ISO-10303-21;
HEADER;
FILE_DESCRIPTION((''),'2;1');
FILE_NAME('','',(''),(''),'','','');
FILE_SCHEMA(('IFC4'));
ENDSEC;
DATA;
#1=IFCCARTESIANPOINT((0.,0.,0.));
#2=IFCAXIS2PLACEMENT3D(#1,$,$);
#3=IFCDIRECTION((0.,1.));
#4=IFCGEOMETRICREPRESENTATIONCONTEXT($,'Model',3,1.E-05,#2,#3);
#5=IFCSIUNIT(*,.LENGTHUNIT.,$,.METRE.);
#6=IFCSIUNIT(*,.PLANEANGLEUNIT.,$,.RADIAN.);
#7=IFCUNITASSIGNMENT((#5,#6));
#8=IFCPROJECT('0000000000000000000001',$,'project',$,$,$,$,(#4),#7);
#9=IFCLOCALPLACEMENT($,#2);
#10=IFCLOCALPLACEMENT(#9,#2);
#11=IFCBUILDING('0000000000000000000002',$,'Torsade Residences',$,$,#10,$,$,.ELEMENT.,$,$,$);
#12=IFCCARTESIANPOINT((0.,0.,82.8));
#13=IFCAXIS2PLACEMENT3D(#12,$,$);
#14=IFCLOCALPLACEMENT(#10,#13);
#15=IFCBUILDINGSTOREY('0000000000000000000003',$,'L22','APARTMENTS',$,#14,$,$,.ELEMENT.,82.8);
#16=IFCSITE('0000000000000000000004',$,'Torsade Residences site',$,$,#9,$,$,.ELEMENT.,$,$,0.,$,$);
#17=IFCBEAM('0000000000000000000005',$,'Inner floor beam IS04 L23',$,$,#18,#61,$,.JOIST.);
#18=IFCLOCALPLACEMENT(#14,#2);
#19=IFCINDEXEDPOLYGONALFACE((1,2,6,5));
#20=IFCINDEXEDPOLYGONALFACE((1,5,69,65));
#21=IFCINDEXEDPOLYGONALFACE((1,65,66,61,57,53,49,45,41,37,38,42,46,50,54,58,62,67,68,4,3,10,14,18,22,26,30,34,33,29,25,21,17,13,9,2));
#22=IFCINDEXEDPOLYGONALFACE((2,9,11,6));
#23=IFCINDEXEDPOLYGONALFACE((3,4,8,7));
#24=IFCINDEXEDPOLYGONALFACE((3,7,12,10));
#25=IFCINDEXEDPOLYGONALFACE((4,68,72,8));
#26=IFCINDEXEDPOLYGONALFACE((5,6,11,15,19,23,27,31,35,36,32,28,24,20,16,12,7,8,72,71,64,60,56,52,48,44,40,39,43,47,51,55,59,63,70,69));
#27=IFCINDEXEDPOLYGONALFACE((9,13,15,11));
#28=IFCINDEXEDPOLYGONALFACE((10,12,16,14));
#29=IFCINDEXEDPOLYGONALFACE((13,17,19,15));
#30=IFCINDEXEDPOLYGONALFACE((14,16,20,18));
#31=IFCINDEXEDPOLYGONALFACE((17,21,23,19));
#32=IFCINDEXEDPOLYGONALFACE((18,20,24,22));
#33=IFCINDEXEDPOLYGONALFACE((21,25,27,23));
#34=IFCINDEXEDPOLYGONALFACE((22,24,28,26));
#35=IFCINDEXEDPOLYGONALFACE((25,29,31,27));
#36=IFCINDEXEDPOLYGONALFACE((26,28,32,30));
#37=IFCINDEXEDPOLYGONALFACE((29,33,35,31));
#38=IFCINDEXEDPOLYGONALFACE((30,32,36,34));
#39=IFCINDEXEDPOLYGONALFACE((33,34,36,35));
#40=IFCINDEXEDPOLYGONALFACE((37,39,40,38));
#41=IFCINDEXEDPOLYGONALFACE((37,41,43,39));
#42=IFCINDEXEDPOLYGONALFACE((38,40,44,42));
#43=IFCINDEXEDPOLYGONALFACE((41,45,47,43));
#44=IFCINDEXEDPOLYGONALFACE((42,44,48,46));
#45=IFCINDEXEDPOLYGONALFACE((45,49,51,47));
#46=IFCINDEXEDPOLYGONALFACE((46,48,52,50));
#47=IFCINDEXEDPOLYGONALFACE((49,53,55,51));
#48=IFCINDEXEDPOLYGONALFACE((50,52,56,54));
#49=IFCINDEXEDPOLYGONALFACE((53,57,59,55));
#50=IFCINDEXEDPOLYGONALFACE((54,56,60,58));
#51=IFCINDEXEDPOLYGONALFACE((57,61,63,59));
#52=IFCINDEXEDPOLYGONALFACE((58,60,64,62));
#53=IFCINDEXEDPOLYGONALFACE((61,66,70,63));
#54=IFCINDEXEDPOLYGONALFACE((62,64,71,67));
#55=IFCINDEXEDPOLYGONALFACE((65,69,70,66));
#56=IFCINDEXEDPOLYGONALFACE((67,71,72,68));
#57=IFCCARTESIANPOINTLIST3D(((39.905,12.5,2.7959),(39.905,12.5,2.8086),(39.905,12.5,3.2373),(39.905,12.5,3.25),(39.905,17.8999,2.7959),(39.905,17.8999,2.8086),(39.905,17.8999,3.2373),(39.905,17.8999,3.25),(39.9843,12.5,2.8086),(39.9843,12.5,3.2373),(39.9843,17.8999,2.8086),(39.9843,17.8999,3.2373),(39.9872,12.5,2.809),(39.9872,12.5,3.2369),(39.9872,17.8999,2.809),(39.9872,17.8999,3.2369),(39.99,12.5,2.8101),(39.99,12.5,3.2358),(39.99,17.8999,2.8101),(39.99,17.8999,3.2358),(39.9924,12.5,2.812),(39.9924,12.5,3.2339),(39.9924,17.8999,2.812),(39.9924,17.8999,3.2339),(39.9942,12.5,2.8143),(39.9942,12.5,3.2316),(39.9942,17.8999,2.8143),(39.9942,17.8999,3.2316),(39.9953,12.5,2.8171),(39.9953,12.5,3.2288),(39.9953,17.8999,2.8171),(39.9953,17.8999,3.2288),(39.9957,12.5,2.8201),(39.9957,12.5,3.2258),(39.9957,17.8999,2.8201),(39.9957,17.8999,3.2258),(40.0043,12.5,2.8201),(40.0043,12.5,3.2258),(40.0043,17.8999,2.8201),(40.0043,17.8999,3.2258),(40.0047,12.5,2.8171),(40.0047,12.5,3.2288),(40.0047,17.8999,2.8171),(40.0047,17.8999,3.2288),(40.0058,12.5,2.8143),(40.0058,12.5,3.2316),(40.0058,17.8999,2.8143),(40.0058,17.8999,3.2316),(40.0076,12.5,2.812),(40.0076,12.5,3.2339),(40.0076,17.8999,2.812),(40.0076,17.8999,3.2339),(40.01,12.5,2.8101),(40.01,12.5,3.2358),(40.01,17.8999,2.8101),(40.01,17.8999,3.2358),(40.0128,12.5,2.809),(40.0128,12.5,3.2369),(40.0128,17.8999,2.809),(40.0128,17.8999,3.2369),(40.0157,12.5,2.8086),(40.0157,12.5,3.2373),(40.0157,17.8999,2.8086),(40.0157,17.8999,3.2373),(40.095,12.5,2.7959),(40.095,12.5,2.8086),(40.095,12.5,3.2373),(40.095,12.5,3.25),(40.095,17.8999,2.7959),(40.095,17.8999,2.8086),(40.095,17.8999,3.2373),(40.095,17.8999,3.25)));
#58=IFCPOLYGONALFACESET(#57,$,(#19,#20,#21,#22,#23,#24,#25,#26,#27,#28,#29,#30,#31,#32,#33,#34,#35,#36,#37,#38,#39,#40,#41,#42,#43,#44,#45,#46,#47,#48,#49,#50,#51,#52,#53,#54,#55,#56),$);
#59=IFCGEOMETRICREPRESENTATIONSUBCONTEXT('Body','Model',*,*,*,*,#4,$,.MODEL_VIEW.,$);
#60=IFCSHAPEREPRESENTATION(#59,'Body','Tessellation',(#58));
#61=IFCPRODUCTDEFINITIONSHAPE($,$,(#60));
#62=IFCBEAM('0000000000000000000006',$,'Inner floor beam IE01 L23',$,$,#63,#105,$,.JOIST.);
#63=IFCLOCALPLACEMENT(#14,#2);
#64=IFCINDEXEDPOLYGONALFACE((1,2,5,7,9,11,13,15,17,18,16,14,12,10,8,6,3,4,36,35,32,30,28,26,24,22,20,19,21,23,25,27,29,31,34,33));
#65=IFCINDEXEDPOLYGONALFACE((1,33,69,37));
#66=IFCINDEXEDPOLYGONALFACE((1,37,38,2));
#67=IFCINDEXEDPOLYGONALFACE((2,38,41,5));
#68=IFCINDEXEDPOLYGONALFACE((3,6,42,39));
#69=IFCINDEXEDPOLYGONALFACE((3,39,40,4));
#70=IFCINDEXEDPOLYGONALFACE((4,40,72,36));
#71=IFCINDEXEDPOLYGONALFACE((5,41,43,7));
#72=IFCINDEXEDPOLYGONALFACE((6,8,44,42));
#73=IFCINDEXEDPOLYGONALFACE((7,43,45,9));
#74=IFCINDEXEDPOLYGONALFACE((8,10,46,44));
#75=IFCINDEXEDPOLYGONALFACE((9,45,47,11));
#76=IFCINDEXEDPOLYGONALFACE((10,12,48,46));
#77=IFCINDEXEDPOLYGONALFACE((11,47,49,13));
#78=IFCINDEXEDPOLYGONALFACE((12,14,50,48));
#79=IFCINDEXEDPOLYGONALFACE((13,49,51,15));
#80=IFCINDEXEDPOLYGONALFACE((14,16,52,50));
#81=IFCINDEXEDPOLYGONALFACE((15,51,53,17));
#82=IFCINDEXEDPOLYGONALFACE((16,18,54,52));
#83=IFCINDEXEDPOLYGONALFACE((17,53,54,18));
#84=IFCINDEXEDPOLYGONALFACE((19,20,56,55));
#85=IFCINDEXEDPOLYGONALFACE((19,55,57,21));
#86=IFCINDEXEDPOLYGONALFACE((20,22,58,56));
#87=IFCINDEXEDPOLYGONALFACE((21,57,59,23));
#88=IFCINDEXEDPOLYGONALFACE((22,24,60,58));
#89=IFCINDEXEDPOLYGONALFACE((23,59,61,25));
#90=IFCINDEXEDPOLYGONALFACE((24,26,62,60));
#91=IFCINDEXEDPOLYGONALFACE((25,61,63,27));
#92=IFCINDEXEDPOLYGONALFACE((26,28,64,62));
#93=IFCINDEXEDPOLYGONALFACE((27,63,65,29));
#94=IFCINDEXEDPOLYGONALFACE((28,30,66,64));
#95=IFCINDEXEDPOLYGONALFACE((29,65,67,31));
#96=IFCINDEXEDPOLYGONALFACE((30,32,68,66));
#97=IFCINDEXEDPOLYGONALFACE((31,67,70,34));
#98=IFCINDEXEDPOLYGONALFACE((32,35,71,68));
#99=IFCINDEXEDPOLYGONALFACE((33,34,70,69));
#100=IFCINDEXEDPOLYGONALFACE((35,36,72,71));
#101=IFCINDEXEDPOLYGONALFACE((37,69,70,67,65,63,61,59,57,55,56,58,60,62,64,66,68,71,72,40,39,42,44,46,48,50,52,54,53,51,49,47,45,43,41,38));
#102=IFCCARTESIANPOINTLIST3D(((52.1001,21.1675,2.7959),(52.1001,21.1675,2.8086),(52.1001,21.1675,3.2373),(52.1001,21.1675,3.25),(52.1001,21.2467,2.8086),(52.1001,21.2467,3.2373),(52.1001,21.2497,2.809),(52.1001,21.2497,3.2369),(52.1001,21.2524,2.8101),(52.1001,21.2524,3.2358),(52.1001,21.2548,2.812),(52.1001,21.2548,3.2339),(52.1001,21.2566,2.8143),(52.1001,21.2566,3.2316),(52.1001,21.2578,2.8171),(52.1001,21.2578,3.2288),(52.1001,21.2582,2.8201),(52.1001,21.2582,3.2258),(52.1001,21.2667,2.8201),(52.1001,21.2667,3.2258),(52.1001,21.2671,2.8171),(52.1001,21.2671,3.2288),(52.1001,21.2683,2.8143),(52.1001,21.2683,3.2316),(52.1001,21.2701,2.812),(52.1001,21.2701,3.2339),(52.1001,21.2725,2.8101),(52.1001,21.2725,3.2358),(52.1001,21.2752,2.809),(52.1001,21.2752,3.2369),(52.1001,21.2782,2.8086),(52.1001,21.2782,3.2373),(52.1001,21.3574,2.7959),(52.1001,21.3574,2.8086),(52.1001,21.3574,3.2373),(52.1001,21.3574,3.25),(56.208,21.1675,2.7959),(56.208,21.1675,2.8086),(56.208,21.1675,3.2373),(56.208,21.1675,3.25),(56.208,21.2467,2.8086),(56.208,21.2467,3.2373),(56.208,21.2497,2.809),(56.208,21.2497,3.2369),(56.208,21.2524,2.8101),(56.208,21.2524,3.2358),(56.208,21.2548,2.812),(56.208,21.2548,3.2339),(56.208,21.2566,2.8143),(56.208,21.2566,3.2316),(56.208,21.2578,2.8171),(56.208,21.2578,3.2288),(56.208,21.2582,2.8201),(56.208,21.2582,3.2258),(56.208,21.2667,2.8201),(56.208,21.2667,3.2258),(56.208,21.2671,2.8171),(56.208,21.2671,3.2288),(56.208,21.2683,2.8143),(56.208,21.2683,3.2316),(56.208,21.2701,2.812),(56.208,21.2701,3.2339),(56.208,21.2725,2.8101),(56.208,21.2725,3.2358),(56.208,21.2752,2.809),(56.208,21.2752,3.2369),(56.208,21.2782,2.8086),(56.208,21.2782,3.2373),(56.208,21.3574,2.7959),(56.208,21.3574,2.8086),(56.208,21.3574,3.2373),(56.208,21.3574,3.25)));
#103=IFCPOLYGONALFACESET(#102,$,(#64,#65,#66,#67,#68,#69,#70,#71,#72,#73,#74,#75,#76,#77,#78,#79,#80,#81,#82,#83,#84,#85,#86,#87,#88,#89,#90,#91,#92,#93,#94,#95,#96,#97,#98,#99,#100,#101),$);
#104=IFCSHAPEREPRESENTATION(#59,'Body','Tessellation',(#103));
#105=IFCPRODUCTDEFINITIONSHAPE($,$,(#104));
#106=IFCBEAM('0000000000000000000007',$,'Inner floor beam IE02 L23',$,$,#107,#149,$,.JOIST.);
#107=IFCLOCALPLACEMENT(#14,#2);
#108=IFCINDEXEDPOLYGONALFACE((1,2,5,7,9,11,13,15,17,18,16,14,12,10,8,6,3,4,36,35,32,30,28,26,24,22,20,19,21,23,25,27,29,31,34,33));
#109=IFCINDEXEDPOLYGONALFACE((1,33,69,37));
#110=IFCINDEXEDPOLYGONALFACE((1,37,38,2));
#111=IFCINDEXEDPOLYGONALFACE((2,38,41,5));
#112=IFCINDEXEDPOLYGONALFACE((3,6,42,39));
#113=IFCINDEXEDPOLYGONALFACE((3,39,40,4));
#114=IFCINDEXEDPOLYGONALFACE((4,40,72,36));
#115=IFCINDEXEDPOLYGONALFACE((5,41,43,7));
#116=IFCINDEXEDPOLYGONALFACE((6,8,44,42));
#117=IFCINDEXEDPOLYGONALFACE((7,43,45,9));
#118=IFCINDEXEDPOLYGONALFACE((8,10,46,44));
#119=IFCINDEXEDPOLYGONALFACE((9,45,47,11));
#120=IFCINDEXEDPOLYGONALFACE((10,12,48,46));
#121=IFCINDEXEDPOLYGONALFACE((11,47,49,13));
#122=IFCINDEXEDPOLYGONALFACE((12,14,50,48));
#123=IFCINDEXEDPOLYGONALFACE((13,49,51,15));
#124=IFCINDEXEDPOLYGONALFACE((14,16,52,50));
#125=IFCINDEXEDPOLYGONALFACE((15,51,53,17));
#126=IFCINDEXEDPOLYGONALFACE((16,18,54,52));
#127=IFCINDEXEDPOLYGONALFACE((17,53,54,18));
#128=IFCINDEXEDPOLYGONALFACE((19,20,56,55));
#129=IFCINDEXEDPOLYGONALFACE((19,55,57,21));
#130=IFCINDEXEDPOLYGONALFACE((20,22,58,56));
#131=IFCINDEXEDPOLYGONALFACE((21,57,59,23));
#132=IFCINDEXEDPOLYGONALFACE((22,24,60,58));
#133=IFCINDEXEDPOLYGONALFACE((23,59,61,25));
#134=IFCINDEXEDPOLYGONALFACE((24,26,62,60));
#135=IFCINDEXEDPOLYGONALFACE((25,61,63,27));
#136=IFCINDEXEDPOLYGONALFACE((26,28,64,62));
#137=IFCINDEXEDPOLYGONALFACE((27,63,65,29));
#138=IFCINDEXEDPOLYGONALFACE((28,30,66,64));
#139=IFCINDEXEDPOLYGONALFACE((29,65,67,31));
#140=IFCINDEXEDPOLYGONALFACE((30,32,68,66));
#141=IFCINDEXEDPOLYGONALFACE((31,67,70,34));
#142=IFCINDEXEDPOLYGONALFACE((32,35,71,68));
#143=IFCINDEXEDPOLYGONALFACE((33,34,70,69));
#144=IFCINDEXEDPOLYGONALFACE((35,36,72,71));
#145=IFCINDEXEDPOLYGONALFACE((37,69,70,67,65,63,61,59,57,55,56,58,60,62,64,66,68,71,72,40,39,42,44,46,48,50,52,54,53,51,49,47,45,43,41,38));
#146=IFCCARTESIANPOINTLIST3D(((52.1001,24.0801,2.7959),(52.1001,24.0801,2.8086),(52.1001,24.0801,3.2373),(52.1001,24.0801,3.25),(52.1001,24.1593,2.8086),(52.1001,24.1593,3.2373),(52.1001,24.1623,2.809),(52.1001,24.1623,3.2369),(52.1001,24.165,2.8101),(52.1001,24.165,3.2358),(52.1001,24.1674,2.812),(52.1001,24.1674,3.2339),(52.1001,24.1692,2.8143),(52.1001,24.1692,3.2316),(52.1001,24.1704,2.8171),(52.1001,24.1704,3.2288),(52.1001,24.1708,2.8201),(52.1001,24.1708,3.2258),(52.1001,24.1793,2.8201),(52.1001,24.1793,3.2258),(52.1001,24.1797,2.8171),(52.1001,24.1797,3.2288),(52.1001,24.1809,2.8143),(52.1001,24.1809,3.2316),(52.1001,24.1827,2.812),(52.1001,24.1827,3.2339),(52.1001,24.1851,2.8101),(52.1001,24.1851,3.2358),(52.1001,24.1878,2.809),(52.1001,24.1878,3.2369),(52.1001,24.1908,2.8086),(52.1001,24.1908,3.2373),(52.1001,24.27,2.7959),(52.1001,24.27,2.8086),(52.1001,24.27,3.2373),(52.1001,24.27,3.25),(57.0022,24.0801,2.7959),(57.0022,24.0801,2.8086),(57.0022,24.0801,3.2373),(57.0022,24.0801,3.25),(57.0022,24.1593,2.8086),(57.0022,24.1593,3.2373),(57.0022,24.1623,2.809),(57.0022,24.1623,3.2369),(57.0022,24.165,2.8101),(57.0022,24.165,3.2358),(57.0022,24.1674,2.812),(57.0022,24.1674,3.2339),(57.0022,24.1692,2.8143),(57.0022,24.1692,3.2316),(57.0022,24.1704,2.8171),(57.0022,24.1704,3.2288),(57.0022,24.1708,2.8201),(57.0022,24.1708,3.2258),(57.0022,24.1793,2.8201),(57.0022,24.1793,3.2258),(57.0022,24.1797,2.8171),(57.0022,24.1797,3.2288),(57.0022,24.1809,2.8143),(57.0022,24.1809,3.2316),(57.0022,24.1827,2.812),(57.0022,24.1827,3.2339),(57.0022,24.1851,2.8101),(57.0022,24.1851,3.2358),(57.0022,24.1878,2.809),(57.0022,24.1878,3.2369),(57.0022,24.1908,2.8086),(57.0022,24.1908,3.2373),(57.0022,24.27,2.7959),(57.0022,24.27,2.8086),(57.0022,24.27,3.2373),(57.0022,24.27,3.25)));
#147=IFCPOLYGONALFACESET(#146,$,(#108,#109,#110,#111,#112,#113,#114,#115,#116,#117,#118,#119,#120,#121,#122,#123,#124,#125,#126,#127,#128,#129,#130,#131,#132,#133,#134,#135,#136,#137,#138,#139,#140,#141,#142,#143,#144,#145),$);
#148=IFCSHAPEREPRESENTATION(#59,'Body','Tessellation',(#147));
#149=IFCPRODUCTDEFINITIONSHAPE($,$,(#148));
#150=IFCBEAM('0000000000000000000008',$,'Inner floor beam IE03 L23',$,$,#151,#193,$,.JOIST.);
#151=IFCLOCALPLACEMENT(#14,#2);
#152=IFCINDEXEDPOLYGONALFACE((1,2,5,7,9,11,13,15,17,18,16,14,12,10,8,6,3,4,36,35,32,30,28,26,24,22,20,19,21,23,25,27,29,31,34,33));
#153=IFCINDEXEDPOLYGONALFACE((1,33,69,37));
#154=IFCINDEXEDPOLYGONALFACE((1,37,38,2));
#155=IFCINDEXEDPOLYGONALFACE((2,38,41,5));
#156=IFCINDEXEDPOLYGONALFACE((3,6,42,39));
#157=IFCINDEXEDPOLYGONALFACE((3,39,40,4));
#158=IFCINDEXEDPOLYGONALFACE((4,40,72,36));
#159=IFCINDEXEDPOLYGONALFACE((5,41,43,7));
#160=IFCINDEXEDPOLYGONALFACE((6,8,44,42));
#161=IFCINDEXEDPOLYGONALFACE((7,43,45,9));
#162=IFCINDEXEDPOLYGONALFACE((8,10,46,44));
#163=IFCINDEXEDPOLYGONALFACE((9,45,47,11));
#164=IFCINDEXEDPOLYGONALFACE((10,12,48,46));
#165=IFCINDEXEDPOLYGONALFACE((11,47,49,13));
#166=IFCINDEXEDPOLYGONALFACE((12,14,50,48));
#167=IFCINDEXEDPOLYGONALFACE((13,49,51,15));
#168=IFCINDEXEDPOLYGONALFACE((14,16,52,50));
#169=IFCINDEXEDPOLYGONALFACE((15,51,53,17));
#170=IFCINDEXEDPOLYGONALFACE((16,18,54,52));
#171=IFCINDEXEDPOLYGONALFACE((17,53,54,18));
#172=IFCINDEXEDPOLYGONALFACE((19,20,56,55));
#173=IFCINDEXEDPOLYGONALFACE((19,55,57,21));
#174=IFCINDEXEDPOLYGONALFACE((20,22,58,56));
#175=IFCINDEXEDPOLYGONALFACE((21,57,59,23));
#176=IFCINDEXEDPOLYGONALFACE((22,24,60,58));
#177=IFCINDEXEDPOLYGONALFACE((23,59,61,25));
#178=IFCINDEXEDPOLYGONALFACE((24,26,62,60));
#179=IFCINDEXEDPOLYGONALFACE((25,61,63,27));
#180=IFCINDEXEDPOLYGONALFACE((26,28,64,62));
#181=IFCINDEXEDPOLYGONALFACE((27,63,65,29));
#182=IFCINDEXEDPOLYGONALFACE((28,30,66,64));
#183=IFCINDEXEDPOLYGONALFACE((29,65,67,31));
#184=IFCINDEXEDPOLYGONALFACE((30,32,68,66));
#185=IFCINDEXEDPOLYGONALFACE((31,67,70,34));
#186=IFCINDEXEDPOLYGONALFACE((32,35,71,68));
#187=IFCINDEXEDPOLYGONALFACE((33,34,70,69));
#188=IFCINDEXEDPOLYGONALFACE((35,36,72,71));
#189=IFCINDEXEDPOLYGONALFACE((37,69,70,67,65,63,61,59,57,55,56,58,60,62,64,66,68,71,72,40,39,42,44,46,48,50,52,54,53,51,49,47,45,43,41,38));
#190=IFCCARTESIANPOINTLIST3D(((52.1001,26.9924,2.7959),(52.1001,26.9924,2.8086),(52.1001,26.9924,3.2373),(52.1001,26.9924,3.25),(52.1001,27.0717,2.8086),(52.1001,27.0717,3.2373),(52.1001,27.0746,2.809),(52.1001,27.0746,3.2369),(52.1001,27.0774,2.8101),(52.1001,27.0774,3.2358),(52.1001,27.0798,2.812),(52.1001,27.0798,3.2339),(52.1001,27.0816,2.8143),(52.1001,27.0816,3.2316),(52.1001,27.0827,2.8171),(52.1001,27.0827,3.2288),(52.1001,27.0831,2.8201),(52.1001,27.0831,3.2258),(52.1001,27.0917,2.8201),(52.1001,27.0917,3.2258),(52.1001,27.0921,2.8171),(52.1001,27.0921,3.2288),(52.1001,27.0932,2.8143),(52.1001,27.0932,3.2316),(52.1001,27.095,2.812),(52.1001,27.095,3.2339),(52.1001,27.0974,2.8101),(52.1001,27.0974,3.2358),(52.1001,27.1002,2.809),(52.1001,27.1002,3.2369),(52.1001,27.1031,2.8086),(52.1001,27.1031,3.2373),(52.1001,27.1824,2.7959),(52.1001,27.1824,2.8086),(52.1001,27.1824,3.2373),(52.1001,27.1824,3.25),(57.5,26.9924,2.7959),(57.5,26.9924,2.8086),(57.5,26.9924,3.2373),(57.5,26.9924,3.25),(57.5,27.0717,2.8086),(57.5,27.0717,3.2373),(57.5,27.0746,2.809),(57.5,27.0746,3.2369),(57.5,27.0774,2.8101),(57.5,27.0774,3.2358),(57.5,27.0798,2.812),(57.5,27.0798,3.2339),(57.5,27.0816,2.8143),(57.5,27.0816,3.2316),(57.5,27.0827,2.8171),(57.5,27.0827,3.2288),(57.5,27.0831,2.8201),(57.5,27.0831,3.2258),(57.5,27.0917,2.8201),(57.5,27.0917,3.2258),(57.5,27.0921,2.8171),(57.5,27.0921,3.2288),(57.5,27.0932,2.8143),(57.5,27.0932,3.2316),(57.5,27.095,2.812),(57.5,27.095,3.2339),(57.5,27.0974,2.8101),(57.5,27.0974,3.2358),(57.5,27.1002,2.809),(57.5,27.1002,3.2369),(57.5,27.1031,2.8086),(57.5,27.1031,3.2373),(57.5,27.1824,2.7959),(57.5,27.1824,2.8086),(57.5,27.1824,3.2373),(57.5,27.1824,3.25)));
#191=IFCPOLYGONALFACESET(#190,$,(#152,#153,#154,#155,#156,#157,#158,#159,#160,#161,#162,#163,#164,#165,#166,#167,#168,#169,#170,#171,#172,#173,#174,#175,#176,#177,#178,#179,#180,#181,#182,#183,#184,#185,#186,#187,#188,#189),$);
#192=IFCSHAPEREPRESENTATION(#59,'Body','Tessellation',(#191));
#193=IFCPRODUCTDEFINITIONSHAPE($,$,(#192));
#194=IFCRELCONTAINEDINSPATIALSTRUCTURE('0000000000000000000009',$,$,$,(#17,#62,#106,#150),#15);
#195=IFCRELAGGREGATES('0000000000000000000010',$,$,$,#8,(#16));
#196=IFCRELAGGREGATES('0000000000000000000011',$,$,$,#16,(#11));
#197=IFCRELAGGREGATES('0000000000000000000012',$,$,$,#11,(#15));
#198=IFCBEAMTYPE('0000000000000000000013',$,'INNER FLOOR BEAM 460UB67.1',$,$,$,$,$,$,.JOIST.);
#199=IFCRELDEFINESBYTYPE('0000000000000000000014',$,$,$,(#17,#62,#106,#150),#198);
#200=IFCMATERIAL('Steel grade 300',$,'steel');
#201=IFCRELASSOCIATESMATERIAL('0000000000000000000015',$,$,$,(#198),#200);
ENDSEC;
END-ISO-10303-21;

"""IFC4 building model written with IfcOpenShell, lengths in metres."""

from ifc_helpers import new_model, si_unit, direction, frame, origin, origin_2d, place, context, subcontext, project, spatial, i_section, extrude, material, material_profile, profile_set, type_object, element, save


model = new_model("IFC4")

# Units and contexts
model_context = context("Model", 3, precision=1e-05, world=origin(), true_north=direction((0.0, 1.0)))
body_context = subcontext(model_context, "Body", "Model", "MODEL_VIEW")
ifc_project = project(units=[si_unit("LENGTHUNIT", "METRE"), si_unit("PLANEANGLEUNIT", "RADIAN")], contexts=[model_context])

# Site, building, storey
site_placement = place(None, origin())
site = spatial("IfcSite", under=ifc_project, at=site_placement, Name="Torsade Residences site", CompositionType="ELEMENT", RefElevation=0.0)
building_placement = place(site_placement, origin())
building = spatial("IfcBuilding", under=site, at=building_placement, Name="Torsade Residences", CompositionType="ELEMENT")
storey_placement = place(building_placement, frame((0.0, 0.0, 82.8)))
storey = spatial("IfcBuildingStorey", under=building, at=storey_placement, Name="L22", Description="APARTMENTS", CompositionType="ELEMENT", Elevation=82.8)

# Beams
ifc_material_1 = material(Name="Steel grade 300", Category="steel")
ifc_material_profile_1 = material_profile(ifc_material_1, i_section(OverallWidth=0.1899, OverallDepth=0.4541, WebThickness=0.0085, FlangeThickness=0.0127, FilletRadius=0.0115, at=origin_2d()), Name="460UB67.1")
ifc_profile_set_1 = profile_set([ifc_material_profile_1], Name="Steel grade 300")
beam_type_1 = type_object("IfcBeamType", Name="INNER FLOOR BEAM 460UB67.1", PredefinedType="JOIST", material=ifc_profile_set_1)
for number, where, z_axis, x_axis, name in (
    (1, (40.0, 17.8999, 3.0229), (0.0, -1.0, 0.0), (1.0, 0.0, 0.0), "Inner floor beam IS04 L23"),
):
    element("IfcBeam", number, at=place(storey_placement, frame(where, z_axis=z_axis, x_axis=x_axis)), inside=storey, type_object=beam_type_1, Name=name, PredefinedType="JOIST", context=body_context, shape_type="SweptSolid", body=[
        extrude(i_section(OverallWidth=0.1899, OverallDepth=0.4541, WebThickness=0.0085, FlangeThickness=0.0127, FilletRadius=0.0115, at=origin_2d()), origin(), (0.0, 0.0, 1.0), 5.3999),
    ])
beam_1_placement = place(storey_placement, frame((52.1001, 21.2625, 3.0229), z_axis=(1.0, 0.0, 0.0), x_axis=(0.0, 1.0, 0.0)))
element("IfcBeam", 2, at=beam_1_placement, inside=storey, type_object=beam_type_1, Name="Inner floor beam IE01 L23", PredefinedType="JOIST", context=body_context, shape_type="SweptSolid", body=[
    extrude(i_section(OverallWidth=0.1899, OverallDepth=0.4541, WebThickness=0.0085, FlangeThickness=0.0127, FilletRadius=0.0115, at=origin_2d()), origin(), (0.0, 0.0, 1.0), 4.1079),
])
beam_2_placement = place(storey_placement, frame((52.1001, 24.175, 3.0229), z_axis=(1.0, 0.0, 0.0), x_axis=(0.0, 1.0, 0.0)))
element("IfcBeam", 3, at=beam_2_placement, inside=storey, type_object=beam_type_1, Name="Inner floor beam IE02 L23", PredefinedType="JOIST", context=body_context, shape_type="SweptSolid", body=[
    extrude(i_section(OverallWidth=0.1899, OverallDepth=0.4541, WebThickness=0.0085, FlangeThickness=0.0127, FilletRadius=0.0115, at=origin_2d()), origin(), (0.0, 0.0, 1.0), 4.9021),
])
beam_3_placement = place(storey_placement, frame((52.1001, 27.0874, 3.0229), z_axis=(1.0, 0.0, 0.0), x_axis=(0.0, 1.0, 0.0)))
element("IfcBeam", 4, at=beam_3_placement, inside=storey, type_object=beam_type_1, Name="Inner floor beam IE03 L23", PredefinedType="JOIST", context=body_context, shape_type="SweptSolid", body=[
    extrude(i_section(OverallWidth=0.1899, OverallDepth=0.4541, WebThickness=0.0085, FlangeThickness=0.0127, FilletRadius=0.0115, at=origin_2d()), origin(), (0.0, 0.0, 1.0), 5.3999),
])

save(model, "model.ifc")
